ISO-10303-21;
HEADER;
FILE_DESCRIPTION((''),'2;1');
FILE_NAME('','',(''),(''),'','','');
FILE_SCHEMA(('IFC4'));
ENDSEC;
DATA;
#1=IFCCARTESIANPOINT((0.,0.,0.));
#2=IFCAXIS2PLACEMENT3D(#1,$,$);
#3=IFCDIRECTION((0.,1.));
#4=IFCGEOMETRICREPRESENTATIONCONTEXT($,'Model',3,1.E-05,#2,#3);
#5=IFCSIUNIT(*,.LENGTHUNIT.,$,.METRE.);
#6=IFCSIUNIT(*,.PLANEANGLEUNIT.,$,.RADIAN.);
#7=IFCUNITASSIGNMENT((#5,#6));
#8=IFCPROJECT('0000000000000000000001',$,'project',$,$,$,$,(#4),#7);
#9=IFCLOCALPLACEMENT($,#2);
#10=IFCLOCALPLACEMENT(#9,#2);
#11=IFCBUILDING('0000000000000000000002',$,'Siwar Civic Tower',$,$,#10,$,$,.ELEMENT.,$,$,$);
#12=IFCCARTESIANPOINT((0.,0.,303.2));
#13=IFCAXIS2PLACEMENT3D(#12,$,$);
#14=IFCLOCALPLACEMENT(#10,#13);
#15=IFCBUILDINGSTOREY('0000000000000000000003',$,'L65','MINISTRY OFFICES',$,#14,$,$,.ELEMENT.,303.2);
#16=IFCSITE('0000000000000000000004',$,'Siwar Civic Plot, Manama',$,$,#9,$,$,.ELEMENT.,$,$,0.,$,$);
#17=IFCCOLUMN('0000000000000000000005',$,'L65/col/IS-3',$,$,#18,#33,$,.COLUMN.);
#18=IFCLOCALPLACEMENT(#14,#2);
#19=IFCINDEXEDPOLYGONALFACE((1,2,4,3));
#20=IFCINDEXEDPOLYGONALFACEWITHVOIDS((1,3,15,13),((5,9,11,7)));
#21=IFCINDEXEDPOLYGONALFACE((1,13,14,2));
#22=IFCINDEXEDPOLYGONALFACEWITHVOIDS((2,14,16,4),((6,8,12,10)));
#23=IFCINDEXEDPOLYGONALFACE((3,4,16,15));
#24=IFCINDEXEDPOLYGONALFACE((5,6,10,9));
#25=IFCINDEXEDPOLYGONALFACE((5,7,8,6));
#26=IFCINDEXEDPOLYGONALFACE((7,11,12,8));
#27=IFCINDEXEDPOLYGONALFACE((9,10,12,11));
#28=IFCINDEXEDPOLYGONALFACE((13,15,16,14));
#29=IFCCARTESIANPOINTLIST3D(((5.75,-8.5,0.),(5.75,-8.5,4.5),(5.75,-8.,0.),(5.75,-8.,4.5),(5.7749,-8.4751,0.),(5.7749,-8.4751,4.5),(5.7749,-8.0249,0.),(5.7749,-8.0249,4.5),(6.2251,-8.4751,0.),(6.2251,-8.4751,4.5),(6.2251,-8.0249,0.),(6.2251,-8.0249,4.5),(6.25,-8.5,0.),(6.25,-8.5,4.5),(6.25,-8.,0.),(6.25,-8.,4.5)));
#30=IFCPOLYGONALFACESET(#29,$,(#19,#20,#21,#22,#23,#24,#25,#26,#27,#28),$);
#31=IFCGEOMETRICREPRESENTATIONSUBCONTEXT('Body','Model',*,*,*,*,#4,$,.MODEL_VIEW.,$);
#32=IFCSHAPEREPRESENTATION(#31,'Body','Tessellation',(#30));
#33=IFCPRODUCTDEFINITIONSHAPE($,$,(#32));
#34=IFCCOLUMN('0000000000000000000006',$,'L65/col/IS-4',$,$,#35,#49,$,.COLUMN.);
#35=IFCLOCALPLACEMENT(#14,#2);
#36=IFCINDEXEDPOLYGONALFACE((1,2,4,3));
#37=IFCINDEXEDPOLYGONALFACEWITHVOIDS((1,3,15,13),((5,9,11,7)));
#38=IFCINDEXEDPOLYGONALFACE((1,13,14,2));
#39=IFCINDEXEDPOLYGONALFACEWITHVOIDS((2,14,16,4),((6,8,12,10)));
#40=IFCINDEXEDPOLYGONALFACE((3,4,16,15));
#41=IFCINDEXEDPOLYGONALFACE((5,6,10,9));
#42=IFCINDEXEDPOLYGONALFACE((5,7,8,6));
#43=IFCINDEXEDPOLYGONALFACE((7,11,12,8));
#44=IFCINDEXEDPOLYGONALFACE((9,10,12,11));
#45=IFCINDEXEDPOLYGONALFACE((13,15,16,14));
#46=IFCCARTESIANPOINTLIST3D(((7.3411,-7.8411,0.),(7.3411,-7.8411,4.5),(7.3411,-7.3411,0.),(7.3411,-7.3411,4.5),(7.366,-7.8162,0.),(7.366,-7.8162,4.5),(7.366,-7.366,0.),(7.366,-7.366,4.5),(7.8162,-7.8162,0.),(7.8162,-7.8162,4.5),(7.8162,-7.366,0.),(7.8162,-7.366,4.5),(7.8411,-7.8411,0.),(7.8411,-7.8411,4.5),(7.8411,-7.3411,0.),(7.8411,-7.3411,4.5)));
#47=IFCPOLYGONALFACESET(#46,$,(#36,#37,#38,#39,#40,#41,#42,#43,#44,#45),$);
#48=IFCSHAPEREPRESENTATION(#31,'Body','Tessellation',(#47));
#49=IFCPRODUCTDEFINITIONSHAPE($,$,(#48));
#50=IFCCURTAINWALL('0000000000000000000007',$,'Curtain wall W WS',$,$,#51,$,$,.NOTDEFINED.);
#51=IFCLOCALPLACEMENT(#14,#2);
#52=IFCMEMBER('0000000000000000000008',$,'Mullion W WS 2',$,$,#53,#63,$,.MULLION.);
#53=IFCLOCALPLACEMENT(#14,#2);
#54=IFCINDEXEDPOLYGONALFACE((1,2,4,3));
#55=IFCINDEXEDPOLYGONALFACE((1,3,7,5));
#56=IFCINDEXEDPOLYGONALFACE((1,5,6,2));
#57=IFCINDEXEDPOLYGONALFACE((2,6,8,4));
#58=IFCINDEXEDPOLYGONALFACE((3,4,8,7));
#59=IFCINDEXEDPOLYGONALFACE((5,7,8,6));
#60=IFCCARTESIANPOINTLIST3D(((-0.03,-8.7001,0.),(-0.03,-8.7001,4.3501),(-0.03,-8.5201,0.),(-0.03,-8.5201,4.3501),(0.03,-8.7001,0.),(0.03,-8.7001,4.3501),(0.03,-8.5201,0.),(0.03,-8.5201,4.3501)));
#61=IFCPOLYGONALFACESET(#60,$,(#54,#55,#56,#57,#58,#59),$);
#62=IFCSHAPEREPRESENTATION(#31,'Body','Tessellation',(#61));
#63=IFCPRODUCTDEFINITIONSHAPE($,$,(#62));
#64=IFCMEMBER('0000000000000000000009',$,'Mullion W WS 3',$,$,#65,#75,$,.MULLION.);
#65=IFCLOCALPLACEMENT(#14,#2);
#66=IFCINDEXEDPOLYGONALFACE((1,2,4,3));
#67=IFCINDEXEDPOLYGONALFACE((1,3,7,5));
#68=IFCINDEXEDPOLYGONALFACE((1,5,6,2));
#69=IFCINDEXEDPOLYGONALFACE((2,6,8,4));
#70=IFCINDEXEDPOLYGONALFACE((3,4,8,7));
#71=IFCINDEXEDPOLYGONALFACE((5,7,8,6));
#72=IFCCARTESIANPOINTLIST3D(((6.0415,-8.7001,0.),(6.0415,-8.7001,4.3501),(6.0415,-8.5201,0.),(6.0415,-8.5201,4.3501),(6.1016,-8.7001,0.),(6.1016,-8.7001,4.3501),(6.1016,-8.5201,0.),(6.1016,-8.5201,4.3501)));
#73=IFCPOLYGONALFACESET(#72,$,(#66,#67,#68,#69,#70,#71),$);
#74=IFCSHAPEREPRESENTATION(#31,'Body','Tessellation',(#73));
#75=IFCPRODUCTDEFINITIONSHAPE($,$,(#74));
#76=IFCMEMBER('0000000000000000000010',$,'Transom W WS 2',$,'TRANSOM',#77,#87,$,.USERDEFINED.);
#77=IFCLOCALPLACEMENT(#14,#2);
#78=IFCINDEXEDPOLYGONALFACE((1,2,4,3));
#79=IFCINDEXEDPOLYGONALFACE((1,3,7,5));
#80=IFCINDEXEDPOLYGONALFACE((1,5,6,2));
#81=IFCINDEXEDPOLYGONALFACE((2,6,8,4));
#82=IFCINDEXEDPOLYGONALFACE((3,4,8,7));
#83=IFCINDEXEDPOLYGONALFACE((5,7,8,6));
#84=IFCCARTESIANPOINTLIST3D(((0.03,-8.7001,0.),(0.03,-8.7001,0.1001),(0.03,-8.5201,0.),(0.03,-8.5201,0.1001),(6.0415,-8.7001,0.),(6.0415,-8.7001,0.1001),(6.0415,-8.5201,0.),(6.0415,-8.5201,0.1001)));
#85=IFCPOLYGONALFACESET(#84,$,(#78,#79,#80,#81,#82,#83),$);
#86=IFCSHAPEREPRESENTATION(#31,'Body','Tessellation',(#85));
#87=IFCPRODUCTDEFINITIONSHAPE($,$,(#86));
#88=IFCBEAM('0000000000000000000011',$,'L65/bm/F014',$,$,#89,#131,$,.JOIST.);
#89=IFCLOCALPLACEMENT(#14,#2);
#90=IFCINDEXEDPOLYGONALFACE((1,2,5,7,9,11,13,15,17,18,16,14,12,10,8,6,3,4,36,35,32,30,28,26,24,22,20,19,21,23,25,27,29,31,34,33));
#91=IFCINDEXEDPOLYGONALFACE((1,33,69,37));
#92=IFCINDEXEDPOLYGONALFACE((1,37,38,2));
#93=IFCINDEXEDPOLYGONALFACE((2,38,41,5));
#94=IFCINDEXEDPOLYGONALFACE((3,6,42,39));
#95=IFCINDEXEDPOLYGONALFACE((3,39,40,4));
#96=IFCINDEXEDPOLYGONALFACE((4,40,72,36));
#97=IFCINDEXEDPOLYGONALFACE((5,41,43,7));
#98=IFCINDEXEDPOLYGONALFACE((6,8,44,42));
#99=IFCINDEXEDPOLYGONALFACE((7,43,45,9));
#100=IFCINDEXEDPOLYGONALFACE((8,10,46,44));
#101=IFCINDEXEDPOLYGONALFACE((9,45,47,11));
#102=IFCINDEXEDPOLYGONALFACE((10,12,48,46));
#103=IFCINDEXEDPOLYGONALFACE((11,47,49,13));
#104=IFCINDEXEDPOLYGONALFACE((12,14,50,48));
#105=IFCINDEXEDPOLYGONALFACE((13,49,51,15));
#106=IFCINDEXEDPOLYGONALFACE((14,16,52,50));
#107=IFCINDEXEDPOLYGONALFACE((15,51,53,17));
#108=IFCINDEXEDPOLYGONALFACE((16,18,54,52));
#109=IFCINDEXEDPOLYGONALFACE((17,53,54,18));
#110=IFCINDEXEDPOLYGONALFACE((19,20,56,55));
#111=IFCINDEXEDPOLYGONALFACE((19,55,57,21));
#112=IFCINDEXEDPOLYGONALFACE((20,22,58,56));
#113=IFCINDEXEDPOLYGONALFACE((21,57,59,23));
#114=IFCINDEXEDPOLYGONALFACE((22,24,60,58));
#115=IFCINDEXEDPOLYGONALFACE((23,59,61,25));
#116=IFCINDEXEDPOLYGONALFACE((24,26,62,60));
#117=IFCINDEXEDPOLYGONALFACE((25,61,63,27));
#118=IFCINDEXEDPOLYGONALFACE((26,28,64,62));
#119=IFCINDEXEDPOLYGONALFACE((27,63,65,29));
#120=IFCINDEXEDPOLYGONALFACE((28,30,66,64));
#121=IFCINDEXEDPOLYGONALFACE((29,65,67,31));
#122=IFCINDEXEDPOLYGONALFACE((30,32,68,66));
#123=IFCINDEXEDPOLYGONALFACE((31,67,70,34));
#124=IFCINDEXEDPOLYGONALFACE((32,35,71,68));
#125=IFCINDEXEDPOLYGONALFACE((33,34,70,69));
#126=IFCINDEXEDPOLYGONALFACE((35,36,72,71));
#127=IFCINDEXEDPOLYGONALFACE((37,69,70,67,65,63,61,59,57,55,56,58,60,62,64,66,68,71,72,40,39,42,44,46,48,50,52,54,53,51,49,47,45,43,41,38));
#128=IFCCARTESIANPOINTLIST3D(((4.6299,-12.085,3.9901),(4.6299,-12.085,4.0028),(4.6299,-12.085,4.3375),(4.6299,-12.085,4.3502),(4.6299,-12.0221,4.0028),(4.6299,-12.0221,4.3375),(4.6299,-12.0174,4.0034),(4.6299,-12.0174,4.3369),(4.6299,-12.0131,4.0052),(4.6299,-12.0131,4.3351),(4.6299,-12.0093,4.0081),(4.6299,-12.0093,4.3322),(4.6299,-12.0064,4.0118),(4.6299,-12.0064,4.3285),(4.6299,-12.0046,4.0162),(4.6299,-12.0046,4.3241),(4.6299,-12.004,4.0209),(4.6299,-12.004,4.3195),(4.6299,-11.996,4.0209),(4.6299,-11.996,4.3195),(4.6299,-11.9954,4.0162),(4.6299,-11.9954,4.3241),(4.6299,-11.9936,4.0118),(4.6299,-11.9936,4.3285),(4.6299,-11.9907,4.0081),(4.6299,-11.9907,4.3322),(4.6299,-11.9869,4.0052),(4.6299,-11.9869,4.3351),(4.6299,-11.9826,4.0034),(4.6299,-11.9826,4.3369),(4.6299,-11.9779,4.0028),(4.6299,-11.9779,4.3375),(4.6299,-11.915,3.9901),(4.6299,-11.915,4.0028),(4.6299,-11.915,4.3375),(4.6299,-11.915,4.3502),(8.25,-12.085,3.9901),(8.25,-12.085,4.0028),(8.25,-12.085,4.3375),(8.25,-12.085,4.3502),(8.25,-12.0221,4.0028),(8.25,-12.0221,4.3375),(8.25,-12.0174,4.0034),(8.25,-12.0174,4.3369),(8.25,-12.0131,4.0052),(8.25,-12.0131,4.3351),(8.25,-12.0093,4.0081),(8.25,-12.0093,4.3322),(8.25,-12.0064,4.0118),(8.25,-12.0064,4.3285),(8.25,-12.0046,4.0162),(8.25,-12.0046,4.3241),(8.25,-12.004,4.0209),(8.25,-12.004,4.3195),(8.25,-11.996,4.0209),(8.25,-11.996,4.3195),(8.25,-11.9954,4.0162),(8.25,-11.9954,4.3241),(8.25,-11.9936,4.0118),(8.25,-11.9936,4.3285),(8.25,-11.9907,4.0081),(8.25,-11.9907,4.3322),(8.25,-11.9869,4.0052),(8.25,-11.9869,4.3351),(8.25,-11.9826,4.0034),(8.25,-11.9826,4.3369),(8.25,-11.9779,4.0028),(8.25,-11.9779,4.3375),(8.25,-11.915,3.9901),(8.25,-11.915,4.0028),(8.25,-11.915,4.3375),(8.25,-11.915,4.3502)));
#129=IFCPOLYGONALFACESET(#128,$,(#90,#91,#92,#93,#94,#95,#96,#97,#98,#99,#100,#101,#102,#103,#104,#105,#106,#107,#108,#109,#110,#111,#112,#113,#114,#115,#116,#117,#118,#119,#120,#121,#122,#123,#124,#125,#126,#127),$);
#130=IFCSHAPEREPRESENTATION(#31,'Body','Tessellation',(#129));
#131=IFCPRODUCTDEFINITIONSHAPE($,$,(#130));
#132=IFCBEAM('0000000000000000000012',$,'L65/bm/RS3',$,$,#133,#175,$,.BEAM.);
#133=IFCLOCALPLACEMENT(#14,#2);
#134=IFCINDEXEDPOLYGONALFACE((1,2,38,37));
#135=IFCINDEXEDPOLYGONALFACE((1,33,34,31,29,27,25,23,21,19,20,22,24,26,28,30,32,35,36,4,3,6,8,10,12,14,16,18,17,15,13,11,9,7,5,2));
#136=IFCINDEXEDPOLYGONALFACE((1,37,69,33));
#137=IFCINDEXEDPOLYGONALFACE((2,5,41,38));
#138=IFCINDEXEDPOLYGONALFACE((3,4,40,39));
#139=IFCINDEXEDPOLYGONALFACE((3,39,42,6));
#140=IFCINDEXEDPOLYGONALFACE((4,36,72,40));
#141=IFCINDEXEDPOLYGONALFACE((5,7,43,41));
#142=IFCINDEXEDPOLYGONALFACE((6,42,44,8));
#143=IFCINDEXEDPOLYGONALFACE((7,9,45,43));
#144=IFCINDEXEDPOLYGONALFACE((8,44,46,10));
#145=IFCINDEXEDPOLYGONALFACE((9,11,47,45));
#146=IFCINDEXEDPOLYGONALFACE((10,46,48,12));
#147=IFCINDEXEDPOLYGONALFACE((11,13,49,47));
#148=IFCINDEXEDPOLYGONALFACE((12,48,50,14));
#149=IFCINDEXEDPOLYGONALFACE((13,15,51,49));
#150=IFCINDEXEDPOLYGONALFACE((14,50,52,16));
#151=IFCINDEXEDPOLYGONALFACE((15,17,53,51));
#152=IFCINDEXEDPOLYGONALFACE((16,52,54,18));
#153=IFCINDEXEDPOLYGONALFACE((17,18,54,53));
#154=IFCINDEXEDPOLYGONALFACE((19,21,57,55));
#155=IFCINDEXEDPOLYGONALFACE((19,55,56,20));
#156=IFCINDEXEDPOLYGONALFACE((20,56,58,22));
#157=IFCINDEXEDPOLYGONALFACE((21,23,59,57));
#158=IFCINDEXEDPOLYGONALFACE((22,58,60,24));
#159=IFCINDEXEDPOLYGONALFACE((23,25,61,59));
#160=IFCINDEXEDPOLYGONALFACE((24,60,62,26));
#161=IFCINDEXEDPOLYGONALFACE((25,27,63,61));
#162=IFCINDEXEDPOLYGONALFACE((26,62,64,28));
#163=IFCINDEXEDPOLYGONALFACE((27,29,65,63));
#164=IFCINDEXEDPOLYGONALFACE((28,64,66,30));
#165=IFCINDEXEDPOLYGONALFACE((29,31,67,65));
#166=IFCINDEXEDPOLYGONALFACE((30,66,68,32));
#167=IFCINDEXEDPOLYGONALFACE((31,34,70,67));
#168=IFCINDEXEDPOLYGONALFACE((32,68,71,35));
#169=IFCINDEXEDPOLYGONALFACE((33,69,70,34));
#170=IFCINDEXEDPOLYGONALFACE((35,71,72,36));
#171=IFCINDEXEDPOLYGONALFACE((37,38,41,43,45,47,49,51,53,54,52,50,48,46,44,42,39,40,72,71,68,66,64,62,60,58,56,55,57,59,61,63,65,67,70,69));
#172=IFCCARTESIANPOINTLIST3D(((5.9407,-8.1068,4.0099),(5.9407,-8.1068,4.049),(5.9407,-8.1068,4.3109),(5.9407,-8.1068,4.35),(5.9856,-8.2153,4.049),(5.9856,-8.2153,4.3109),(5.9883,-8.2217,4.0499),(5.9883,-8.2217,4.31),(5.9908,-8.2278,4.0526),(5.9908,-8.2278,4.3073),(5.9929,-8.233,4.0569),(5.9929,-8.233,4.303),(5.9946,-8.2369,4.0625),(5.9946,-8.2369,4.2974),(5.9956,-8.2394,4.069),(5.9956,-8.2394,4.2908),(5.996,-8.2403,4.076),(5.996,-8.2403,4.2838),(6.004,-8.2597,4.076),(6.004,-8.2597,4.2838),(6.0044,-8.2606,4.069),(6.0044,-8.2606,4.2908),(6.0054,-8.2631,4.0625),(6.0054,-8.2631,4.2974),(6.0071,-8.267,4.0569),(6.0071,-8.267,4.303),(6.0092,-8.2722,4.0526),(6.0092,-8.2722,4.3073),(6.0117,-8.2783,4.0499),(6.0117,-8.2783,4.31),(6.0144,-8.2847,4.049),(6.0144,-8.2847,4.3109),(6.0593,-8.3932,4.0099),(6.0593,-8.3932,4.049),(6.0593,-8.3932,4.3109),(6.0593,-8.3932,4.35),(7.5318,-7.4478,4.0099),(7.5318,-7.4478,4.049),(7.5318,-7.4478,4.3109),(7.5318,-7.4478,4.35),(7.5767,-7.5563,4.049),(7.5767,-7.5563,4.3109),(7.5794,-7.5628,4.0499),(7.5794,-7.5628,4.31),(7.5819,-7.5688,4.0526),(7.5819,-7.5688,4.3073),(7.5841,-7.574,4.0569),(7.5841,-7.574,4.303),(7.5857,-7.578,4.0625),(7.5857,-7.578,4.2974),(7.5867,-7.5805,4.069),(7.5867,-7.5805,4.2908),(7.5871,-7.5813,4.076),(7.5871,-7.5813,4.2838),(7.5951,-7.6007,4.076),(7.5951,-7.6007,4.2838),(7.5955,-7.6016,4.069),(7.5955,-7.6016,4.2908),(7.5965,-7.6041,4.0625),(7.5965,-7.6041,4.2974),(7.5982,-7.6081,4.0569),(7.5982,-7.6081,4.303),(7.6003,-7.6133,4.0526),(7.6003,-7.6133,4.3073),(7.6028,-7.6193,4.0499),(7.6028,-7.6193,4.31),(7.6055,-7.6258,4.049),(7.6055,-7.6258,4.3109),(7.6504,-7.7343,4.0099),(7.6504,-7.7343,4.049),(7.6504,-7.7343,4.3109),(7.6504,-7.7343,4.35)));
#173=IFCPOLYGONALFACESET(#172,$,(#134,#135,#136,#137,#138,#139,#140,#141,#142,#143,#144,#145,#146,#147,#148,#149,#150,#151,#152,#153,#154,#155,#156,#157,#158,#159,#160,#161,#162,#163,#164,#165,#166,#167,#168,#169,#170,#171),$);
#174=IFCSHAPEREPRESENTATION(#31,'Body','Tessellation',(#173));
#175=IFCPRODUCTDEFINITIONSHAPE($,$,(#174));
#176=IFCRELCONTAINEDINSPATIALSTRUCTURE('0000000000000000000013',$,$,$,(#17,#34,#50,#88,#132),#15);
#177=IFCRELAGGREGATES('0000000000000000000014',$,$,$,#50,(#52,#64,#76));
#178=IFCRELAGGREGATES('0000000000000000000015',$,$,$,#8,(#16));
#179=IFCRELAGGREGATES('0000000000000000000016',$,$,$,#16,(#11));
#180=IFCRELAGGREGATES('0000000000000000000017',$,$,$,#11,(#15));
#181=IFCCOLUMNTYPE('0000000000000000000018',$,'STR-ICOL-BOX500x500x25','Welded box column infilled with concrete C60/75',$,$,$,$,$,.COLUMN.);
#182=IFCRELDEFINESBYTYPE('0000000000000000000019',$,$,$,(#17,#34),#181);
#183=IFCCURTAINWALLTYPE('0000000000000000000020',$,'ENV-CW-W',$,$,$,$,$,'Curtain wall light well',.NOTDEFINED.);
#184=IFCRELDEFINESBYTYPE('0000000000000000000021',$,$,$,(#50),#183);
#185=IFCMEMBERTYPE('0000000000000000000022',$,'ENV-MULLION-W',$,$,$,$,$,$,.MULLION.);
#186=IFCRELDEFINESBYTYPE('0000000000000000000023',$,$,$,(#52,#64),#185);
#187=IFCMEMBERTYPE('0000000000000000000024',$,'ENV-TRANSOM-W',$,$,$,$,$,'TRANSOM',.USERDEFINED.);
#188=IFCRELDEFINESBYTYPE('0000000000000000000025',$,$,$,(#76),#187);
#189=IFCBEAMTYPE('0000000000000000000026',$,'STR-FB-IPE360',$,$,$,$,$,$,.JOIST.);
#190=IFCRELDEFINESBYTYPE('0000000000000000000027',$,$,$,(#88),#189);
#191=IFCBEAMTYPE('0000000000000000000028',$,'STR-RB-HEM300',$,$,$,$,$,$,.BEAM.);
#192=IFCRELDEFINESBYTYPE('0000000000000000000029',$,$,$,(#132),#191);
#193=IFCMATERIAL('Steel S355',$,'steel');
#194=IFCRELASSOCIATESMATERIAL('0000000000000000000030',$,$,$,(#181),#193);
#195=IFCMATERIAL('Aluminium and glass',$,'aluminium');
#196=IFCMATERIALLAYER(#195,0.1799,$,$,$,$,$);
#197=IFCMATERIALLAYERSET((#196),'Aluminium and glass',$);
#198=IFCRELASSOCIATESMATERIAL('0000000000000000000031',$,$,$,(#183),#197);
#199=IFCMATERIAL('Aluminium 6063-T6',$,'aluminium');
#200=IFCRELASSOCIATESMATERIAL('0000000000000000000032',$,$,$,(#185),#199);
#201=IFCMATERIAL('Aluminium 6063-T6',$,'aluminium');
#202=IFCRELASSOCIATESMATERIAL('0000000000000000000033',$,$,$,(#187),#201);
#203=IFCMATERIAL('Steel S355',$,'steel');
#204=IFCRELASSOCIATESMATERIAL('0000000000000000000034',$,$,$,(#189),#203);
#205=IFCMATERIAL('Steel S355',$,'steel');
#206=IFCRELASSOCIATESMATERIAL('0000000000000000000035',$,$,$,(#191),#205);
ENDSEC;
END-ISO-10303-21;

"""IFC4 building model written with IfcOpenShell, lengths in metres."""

from ifc_helpers import new_model, si_unit, direction, frame, origin, origin_2d, place, context, subcontext, project, spatial, rectangle, hollow_rectangle, i_section, extrude, material, layer, layer_set, material_profile, profile_set, type_object, element, aggregate, save


model = new_model("IFC4")

# Units and contexts
model_context = context("Model", 3, precision=1e-05, world=origin(), true_north=direction((0.0, 1.0)))
body_context = subcontext(model_context, "Body", "Model", "MODEL_VIEW")
ifc_project = project(units=[si_unit("LENGTHUNIT", "METRE"), si_unit("PLANEANGLEUNIT", "RADIAN")], contexts=[model_context])

# Site, building, storey
site_placement = place(None, origin())
site = spatial("IfcSite", under=ifc_project, at=site_placement, Name="Siwar Civic Plot, Manama", CompositionType="ELEMENT", RefElevation=0.0)
building_placement = place(site_placement, origin())
building = spatial("IfcBuilding", under=site, at=building_placement, Name="Siwar Civic Tower", CompositionType="ELEMENT")
storey_placement = place(building_placement, frame((0.0, 0.0, 303.2)))
storey = spatial("IfcBuildingStorey", under=building, at=storey_placement, Name="L65", Description="MINISTRY OFFICES", CompositionType="ELEMENT", Elevation=303.2)

# Columns
ifc_material_1 = material(Name="Steel S355", Category="steel")
ifc_material_profile_1 = material_profile(ifc_material_1, hollow_rectangle(XDim=0.5, YDim=0.5, WallThickness=0.0249, at=origin_2d()), Name="BOX500x500x25")
ifc_profile_set_1 = profile_set([ifc_material_profile_1], Name="Steel S355")
column_type = type_object("IfcColumnType", Name="STR-ICOL-BOX500x500x25", Description="Welded box column infilled with concrete C60/75", PredefinedType="COLUMN", material=ifc_profile_set_1)
for number, where, z_axis, x_axis, name in (
    (1, (6.0, -8.25, 0.0), (0.0, 0.0, 1.0), (1.0, 0.0, 0.0), "L65/col/IS-3"),
    (2, (7.5911, -7.5911, 0.0), (0.0, 0.0, 1.0), (1.0, 0.0, 0.0), "L65/col/IS-4"),
):
    element("IfcColumn", number, at=place(storey_placement, frame(where, z_axis=z_axis, x_axis=x_axis)), inside=storey, type_object=column_type, Name=name, PredefinedType="COLUMN", context=body_context, shape_type="SweptSolid", body=[
        extrude(hollow_rectangle(XDim=0.5, YDim=0.5, WallThickness=0.0249, at=origin_2d()), origin(), (0.0, 0.0, 1.0), 4.5),
    ])

# Curtain wall, members
ifc_material_2 = material(Name="Aluminium and glass", Category="aluminium")
ifc_layer_1 = layer(ifc_material_2, 0.1799)
ifc_layer_set_1 = layer_set([ifc_layer_1], Name="Aluminium and glass")
curtain_wall_type = type_object("IfcCurtainWallType", Name="ENV-CW-W", ElementType="Curtain wall light well", PredefinedType="NOTDEFINED", material=ifc_layer_set_1)
curtain_wall_placement = place(storey_placement, origin())
curtain_wall = element("IfcCurtainWall", 3, at=curtain_wall_placement, inside=storey, type_object=curtain_wall_type, Name="Curtain wall W WS", PredefinedType="NOTDEFINED")
ifc_material_3 = material(Name="Aluminium 6063-T6", Category="aluminium")
ifc_material_profile_2 = material_profile(ifc_material_3, rectangle(XDim=0.1799, YDim=0.0601, at=origin_2d()), Name="AL 180x60")
ifc_profile_set_2 = profile_set([ifc_material_profile_2], Name="Aluminium 6063-T6")
member_type_1 = type_object("IfcMemberType", Name="ENV-MULLION-W", PredefinedType="MULLION", material=ifc_profile_set_2)
member_1_placement = place(storey_placement, frame((0.0, -8.6101, 0.0), z_axis=(0.0, 0.0, 1.0), x_axis=(0.0, 1.0, 0.0)))
member_1 = element("IfcMember", 4, at=member_1_placement, type_object=member_type_1, Name="Mullion W WS 2", PredefinedType="MULLION", context=body_context, shape_type="SweptSolid", body=[
    extrude(rectangle(XDim=0.1799, YDim=0.0601, at=origin_2d()), origin(), (0.0, 0.0, 1.0), 4.3501),
])
member_2_placement = place(storey_placement, frame((6.0715, -8.6101, 0.0), z_axis=(0.0, 0.0, 1.0), x_axis=(0.0, 1.0, 0.0)))
member_2 = element("IfcMember", 5, at=member_2_placement, type_object=member_type_1, Name="Mullion W WS 3", PredefinedType="MULLION", context=body_context, shape_type="SweptSolid", body=[
    extrude(rectangle(XDim=0.1799, YDim=0.0601, at=origin_2d()), origin(), (0.0, 0.0, 1.0), 4.3501),
])
ifc_material_4 = material(Name="Aluminium 6063-T6", Category="aluminium")
ifc_material_profile_3 = material_profile(ifc_material_4, rectangle(XDim=0.1799, YDim=0.1001, at=origin_2d()), Name="AL 180x100")
ifc_profile_set_3 = profile_set([ifc_material_profile_3], Name="Aluminium 6063-T6")
member_type_2 = type_object("IfcMemberType", Name="ENV-TRANSOM-W", ElementType="TRANSOM", PredefinedType="USERDEFINED", material=ifc_profile_set_3)
member_3_placement = place(storey_placement, frame((0.03, -8.6101, 0.05), z_axis=(1.0, 0.0, 0.0), x_axis=(0.0, 1.0, 0.0)))
member_3 = element("IfcMember", 6, at=member_3_placement, type_object=member_type_2, Name="Transom W WS 2", ObjectType="TRANSOM", PredefinedType="USERDEFINED", context=body_context, shape_type="SweptSolid", body=[
    extrude(rectangle(XDim=0.1799, YDim=0.1001, at=origin_2d()), origin(), (0.0, 0.0, 1.0), 6.0115),
])

# Beams
ifc_material_5 = material(Name="Steel S355", Category="steel")
ifc_material_profile_4 = material_profile(ifc_material_5, i_section(OverallWidth=0.1699, OverallDepth=0.3601, WebThickness=0.0081, FlangeThickness=0.0127, FilletRadius=0.0181, at=origin_2d()), Name="IPE360")
ifc_profile_set_4 = profile_set([ifc_material_profile_4], Name="Steel S355")
beam_type_1 = type_object("IfcBeamType", Name="STR-FB-IPE360", PredefinedType="JOIST", material=ifc_profile_set_4)
beam_placement = place(storey_placement, frame((4.6299, -12.0, 4.1702), z_axis=(1.0, 0.0, 0.0), x_axis=(0.0, 1.0, 0.0)))
element("IfcBeam", 7, at=beam_placement, inside=storey, type_object=beam_type_1, Name="L65/bm/F014", PredefinedType="JOIST", context=body_context, shape_type="SweptSolid", body=[
    extrude(i_section(OverallWidth=0.1699, OverallDepth=0.3601, WebThickness=0.0081, FlangeThickness=0.0127, FilletRadius=0.0181, at=origin_2d()), origin(), (0.0, 0.0, 1.0), 3.6201),
])
ifc_material_6 = material(Name="Steel S355", Category="steel")
ifc_material_profile_5 = material_profile(ifc_material_6, i_section(OverallWidth=0.3101, OverallDepth=0.3401, WebThickness=0.021, FlangeThickness=0.0391, FilletRadius=0.0271, at=origin_2d()), Name="HEM300")
ifc_profile_set_5 = profile_set([ifc_material_profile_5], Name="Steel S355")
beam_type_2 = type_object("IfcBeamType", Name="STR-RB-HEM300", PredefinedType="BEAM", material=ifc_profile_set_5)
for number, where, z_axis, x_axis, name in (
    (8, (6.0, -8.25, 4.1799), (0.923901, 0.382631, 0.0), (-0.382631, 0.923901, 0.0), "L65/bm/RS3"),
):
    element("IfcBeam", number, at=place(storey_placement, frame(where, z_axis=z_axis, x_axis=x_axis)), inside=storey, type_object=beam_type_2, Name=name, PredefinedType="BEAM", context=body_context, shape_type="SweptSolid", body=[
        extrude(i_section(OverallWidth=0.3101, OverallDepth=0.3401, WebThickness=0.021, FlangeThickness=0.0391, FilletRadius=0.0271, at=origin_2d()), origin(), (0.0, 0.0, 1.0), 1.7222),
    ])

aggregate(curtain_wall, [member_1, member_2, member_3])

save(model, "model.ifc")
